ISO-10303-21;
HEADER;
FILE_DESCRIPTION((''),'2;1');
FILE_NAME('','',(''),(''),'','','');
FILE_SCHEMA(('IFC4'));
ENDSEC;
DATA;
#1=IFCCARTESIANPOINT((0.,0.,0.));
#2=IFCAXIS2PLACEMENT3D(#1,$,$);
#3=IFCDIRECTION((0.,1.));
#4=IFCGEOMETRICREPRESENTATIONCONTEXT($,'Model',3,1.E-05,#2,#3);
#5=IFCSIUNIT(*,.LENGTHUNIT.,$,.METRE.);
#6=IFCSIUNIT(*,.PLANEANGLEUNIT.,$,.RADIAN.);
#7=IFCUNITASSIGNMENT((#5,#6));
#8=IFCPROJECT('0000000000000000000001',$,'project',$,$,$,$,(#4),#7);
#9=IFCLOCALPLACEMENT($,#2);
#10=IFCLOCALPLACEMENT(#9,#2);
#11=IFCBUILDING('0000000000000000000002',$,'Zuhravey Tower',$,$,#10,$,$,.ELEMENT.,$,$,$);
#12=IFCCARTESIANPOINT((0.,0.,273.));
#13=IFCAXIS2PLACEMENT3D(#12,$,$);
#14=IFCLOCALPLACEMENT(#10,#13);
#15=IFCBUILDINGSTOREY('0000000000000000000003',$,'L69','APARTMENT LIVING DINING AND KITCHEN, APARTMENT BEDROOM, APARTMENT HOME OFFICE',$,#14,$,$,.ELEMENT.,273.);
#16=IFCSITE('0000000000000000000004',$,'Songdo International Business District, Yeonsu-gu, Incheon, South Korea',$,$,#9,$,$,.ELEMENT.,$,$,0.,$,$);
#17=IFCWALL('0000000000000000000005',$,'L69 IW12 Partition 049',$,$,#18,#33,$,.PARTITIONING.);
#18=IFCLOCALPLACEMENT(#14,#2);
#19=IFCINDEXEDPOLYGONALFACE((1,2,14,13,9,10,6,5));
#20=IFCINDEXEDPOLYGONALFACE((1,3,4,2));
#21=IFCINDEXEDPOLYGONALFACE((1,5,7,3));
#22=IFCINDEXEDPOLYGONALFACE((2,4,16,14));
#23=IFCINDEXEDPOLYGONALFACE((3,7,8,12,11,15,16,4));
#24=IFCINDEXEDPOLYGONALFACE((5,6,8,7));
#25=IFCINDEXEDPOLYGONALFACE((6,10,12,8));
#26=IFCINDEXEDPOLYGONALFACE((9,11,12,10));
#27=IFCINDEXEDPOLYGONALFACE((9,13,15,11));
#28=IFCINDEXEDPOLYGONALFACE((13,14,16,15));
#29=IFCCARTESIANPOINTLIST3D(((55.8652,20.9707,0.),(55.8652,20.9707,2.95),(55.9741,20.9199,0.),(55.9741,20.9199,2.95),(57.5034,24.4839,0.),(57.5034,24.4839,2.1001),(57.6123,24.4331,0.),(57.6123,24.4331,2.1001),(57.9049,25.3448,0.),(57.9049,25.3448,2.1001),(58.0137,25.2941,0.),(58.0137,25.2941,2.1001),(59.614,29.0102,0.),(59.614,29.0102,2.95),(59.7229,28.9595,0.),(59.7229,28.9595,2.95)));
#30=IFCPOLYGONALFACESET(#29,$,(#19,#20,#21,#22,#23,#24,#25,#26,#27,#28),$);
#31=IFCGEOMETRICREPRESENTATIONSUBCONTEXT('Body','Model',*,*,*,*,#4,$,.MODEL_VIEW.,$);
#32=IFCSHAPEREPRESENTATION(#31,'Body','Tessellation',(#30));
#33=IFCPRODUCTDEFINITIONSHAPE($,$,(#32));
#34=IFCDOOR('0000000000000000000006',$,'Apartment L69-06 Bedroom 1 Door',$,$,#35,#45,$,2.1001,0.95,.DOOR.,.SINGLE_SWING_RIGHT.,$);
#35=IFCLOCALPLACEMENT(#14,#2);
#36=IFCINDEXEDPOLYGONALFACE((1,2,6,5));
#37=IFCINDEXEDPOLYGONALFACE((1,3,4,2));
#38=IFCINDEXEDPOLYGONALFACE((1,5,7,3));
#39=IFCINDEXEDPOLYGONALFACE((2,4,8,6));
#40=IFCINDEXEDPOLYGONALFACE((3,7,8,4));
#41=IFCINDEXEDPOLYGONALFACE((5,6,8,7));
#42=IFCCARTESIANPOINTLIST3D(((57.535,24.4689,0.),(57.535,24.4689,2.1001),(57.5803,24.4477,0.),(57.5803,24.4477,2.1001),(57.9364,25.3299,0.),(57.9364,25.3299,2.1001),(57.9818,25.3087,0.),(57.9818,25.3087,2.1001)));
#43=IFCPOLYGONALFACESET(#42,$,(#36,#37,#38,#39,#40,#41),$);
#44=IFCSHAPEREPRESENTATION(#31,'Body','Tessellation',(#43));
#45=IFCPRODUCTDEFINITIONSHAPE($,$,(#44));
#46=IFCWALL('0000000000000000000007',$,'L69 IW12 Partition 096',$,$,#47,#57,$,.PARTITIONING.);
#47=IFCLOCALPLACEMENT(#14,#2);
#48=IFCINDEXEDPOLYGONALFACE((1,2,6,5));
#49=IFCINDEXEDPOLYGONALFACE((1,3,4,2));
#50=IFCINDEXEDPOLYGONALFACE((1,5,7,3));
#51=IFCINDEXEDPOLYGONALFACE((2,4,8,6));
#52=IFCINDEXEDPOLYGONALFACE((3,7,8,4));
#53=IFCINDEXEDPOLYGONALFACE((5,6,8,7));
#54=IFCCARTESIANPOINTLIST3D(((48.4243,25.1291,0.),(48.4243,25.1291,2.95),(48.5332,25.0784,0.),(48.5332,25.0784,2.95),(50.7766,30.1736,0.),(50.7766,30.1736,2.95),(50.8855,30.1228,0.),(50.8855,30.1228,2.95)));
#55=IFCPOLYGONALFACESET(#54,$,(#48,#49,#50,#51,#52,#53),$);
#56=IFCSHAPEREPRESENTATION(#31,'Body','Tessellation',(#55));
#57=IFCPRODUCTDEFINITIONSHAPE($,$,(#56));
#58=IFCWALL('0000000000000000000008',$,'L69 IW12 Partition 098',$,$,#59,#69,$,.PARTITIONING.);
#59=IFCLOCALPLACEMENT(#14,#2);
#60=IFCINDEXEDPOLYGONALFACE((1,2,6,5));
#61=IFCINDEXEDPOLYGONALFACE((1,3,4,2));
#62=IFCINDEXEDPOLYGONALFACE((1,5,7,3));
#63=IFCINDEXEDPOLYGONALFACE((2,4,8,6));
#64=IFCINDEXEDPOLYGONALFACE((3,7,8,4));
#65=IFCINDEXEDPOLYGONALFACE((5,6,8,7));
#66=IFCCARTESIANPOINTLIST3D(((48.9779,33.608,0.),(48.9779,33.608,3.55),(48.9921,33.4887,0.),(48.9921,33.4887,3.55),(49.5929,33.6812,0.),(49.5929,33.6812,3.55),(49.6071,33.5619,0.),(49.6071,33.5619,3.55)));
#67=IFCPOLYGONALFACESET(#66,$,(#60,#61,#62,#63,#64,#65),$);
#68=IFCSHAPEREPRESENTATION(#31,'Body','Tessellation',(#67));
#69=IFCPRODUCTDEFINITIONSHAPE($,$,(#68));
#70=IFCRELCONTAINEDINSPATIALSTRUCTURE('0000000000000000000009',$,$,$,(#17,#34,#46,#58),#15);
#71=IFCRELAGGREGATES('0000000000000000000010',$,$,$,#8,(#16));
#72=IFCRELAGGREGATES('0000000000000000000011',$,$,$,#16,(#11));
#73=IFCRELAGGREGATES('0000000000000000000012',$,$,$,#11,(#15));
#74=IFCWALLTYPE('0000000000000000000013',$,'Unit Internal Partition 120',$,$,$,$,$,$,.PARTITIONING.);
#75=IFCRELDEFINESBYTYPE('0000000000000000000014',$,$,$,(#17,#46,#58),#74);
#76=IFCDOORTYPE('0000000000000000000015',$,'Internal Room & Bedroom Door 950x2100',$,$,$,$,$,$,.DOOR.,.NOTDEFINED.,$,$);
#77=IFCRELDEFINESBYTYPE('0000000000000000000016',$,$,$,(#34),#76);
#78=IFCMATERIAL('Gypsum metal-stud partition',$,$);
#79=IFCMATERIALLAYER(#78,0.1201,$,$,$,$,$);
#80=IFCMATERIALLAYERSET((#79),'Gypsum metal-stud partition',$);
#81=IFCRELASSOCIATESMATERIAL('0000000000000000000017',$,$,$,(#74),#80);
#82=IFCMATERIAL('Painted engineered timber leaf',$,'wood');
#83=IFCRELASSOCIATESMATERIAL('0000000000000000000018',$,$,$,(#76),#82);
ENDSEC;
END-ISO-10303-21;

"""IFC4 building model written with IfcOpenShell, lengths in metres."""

from ifc_helpers import new_model, si_unit, direction, frame, frame_2d, origin, place, context, subcontext, project, spatial, rectangle, extrude, material, layer, layer_set, type_object, element, fill, save


model = new_model("IFC4")

# Units and contexts
model_context = context("Model", 3, precision=1e-05, world=origin(), true_north=direction((0.0, 1.0)))
body_context = subcontext(model_context, "Body", "Model", "MODEL_VIEW")
ifc_project = project(units=[si_unit("LENGTHUNIT", "METRE"), si_unit("PLANEANGLEUNIT", "RADIAN")], contexts=[model_context])

# Site, building, storey
site_placement = place(None, origin())
site = spatial("IfcSite", under=ifc_project, at=site_placement, Name="Songdo International Business District, Yeonsu-gu, Incheon, South Korea", CompositionType="ELEMENT", RefElevation=0.0)
building_placement = place(site_placement, origin())
building = spatial("IfcBuilding", under=site, at=building_placement, Name="Zuhravey Tower", CompositionType="ELEMENT")
storey_placement = place(building_placement, frame((0.0, 0.0, 273.0)))
storey = spatial("IfcBuildingStorey", under=building, at=storey_placement, Name="L69", Description="APARTMENT LIVING DINING AND KITCHEN, APARTMENT BEDROOM, APARTMENT HOME OFFICE", CompositionType="ELEMENT", Elevation=273.0)

# Wall, opening, door
ifc_material_1 = material(Name="Gypsum metal-stud partition")
ifc_layer_1 = layer(ifc_material_1, 0.1201)
ifc_layer_set_1 = layer_set([ifc_layer_1], Name="Gypsum metal-stud partition")
wall_type_1 = type_object("IfcWallType", Name="Unit Internal Partition 120", PredefinedType="PARTITIONING", material=ifc_layer_set_1)
ifc_material_2 = material(Name="Painted engineered timber leaf", Category="wood")
door_type_1 = type_object("IfcDoorType", Name="Internal Room & Bedroom Door 950x2100", OperationType="NOTDEFINED", PredefinedType="DOOR", material=ifc_material_2)
wall_1_placement = place(storey_placement, frame((55.9197, 20.9453, 0.0), z_axis=(0.0, 0.0, 1.0), x_axis=(0.422607, 0.906313, 0.0)))
wall_1 = element("IfcWall", 1, at=wall_1_placement, inside=storey, type_object=wall_type_1, Name="L69 IW12 Partition 049", PredefinedType="PARTITIONING", context=body_context, shape_type="SweptSolid", body=[
    extrude(rectangle(XDim=8.8706, YDim=0.1201, at=frame_2d((4.4353, 0.0))), origin(), (0.0, 0.0, 1.0), 2.95),
])
opening_1_placement = place(wall_1_placement, frame((3.8762, 0.0, 0.0)))
opening_1 = element("IfcOpeningElement", 2, at=opening_1_placement, cuts=wall_1, PredefinedType="OPENING", context=body_context, shape_type="SweptSolid", body=[
    extrude(rectangle(XDim=0.95, YDim=2.1001, at=frame_2d((0.4751, 1.05))), frame((0.0, 0.072, 0.0), z_axis=(0.0, -1.0, 0.0), x_axis=(1.0, 0.0, 0.0)), (0.0, 0.0, 1.0), 0.144),
])
door_1_placement = place(opening_1_placement, frame((0.95, 0.0, 0.0), z_axis=(0.0, 0.0, 1.0), x_axis=(-1.0, 0.0, 0.0)))
door_1 = element("IfcDoor", 3, at=door_1_placement, inside=storey, type_object=door_type_1, Name="Apartment L69-06 Bedroom 1 Door", OperationType="SINGLE_SWING_RIGHT", OverallHeight=2.1001, OverallWidth=0.95, PredefinedType="DOOR", context=body_context, shape_type="SweptSolid", body=[
    extrude(rectangle(XDim=0.95, YDim=2.1001, at=frame_2d((0.4751, 1.05))), frame((0.0, 0.0249, 0.0), z_axis=(0.0, -1.0, 0.0), x_axis=(1.0, 0.0, 0.0)), (0.0, 0.0, 1.0), 0.05),
])
fill(opening_1, door_1)

# Walls
wall_2_placement = place(storey_placement, frame((48.4788, 25.1038, 0.0), z_axis=(0.0, 0.0, 1.0), x_axis=(0.422624, 0.906305, 0.0)))
element("IfcWall", 4, at=wall_2_placement, inside=storey, type_object=wall_type_1, Name="L69 IW12 Partition 096", PredefinedType="PARTITIONING", context=body_context, shape_type="SweptSolid", body=[
    extrude(rectangle(XDim=5.5659, YDim=0.1201, at=frame_2d((2.783, 0.0))), origin(), (0.0, 0.0, 1.0), 2.95),
])
wall_3_placement = place(storey_placement, frame((48.9851, 33.5483, 0.0), z_axis=(0.0, 0.0, 1.0), x_axis=(0.992983, 0.118259, 0.0)))
element("IfcWall", 5, at=wall_3_placement, inside=storey, type_object=wall_type_1, Name="L69 IW12 Partition 098", PredefinedType="PARTITIONING", context=body_context, shape_type="SweptSolid", body=[
    extrude(rectangle(XDim=0.6194, YDim=0.1201, at=frame_2d((0.3096, 0.0))), origin(), (0.0, 0.0, 1.0), 3.55),
])

save(model, "model.ifc")
